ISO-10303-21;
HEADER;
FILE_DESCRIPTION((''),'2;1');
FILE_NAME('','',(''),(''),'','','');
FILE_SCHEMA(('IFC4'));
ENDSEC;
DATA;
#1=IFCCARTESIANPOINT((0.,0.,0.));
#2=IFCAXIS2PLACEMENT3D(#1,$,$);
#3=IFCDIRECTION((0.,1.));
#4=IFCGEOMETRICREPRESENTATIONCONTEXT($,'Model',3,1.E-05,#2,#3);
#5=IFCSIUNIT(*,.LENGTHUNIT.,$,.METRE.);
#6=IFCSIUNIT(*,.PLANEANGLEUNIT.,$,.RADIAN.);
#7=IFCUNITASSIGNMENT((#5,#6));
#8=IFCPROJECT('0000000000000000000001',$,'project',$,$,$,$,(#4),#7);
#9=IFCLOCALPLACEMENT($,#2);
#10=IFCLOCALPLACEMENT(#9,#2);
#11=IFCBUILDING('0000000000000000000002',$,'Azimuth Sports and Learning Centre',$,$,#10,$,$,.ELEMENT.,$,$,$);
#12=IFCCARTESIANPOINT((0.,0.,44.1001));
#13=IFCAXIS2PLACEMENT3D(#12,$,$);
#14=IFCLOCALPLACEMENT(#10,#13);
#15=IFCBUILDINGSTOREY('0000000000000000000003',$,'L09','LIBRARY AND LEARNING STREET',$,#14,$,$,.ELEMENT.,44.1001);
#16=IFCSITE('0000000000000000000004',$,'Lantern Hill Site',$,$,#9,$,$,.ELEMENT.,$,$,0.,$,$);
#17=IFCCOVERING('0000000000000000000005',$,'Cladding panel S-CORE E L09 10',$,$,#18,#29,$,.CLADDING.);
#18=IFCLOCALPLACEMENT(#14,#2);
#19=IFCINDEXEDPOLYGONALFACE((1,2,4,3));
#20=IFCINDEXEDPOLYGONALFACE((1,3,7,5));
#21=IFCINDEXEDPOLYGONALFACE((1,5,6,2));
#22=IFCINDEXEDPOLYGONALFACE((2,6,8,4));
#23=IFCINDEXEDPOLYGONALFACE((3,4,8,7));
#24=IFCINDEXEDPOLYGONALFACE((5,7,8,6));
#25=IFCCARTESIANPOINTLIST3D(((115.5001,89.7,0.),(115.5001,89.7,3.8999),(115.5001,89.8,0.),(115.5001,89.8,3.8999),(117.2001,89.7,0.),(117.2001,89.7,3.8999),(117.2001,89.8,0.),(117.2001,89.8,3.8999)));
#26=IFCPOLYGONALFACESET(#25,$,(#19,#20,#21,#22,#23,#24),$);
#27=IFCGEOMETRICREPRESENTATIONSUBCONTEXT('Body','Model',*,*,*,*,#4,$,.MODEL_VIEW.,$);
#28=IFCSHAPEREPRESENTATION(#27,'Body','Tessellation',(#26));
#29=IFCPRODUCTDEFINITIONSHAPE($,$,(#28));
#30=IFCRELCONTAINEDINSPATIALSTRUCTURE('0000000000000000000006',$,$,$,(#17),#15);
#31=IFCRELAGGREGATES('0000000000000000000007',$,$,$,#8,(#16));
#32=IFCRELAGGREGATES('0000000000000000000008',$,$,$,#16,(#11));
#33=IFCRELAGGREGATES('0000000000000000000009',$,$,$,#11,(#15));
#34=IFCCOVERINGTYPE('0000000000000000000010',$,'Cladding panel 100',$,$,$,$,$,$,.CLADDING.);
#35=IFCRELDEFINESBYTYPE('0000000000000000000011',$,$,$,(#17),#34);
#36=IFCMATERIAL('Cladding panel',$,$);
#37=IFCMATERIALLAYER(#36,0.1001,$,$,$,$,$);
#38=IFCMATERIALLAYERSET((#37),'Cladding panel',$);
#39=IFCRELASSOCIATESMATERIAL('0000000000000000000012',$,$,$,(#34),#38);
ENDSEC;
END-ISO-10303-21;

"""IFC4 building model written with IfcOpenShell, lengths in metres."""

from ifc_helpers import new_model, si_unit, direction, frame, origin, origin_2d, place, context, subcontext, project, spatial, rectangle, extrude, material, layer, layer_set, type_object, element, save


model = new_model("IFC4")

# Units and contexts
model_context = context("Model", 3, precision=1e-05, world=origin(), true_north=direction((0.0, 1.0)))
body_context = subcontext(model_context, "Body", "Model", "MODEL_VIEW")
ifc_project = project(units=[si_unit("LENGTHUNIT", "METRE"), si_unit("PLANEANGLEUNIT", "RADIAN")], contexts=[model_context])

# Site, building, storey
site_placement = place(None, origin())
site = spatial("IfcSite", under=ifc_project, at=site_placement, Name="Lantern Hill Site", CompositionType="ELEMENT", RefElevation=0.0)
building_placement = place(site_placement, origin())
building = spatial("IfcBuilding", under=site, at=building_placement, Name="Azimuth Sports and Learning Centre", CompositionType="ELEMENT")
storey_placement = place(building_placement, frame((0.0, 0.0, 44.1001)))
storey = spatial("IfcBuildingStorey", under=building, at=storey_placement, Name="L09", Description="LIBRARY AND LEARNING STREET", CompositionType="ELEMENT", Elevation=44.1001)

# Covering
ifc_material_1 = material(Name="Cladding panel")
ifc_layer_1 = layer(ifc_material_1, 0.1001)
ifc_layer_set_1 = layer_set([ifc_layer_1], Name="Cladding panel")
covering_type = type_object("IfcCoveringType", Name="Cladding panel 100", PredefinedType="CLADDING", material=ifc_layer_set_1)
covering_1_placement = place(storey_placement, frame((116.3501, 89.75, 0.0), z_axis=(0.0, 0.0, 1.0), x_axis=(1.0, 0.0, 0.0)))
element("IfcCovering", 1, at=covering_1_placement, inside=storey, type_object=covering_type, Name="Cladding panel S-CORE E L09 10", PredefinedType="CLADDING", context=body_context, shape_type="SweptSolid", body=[
    extrude(rectangle(XDim=1.7, YDim=0.1001, at=origin_2d()), origin(), (0.0, 0.0, 1.0), 3.8999),
])

save(model, "model.ifc")
